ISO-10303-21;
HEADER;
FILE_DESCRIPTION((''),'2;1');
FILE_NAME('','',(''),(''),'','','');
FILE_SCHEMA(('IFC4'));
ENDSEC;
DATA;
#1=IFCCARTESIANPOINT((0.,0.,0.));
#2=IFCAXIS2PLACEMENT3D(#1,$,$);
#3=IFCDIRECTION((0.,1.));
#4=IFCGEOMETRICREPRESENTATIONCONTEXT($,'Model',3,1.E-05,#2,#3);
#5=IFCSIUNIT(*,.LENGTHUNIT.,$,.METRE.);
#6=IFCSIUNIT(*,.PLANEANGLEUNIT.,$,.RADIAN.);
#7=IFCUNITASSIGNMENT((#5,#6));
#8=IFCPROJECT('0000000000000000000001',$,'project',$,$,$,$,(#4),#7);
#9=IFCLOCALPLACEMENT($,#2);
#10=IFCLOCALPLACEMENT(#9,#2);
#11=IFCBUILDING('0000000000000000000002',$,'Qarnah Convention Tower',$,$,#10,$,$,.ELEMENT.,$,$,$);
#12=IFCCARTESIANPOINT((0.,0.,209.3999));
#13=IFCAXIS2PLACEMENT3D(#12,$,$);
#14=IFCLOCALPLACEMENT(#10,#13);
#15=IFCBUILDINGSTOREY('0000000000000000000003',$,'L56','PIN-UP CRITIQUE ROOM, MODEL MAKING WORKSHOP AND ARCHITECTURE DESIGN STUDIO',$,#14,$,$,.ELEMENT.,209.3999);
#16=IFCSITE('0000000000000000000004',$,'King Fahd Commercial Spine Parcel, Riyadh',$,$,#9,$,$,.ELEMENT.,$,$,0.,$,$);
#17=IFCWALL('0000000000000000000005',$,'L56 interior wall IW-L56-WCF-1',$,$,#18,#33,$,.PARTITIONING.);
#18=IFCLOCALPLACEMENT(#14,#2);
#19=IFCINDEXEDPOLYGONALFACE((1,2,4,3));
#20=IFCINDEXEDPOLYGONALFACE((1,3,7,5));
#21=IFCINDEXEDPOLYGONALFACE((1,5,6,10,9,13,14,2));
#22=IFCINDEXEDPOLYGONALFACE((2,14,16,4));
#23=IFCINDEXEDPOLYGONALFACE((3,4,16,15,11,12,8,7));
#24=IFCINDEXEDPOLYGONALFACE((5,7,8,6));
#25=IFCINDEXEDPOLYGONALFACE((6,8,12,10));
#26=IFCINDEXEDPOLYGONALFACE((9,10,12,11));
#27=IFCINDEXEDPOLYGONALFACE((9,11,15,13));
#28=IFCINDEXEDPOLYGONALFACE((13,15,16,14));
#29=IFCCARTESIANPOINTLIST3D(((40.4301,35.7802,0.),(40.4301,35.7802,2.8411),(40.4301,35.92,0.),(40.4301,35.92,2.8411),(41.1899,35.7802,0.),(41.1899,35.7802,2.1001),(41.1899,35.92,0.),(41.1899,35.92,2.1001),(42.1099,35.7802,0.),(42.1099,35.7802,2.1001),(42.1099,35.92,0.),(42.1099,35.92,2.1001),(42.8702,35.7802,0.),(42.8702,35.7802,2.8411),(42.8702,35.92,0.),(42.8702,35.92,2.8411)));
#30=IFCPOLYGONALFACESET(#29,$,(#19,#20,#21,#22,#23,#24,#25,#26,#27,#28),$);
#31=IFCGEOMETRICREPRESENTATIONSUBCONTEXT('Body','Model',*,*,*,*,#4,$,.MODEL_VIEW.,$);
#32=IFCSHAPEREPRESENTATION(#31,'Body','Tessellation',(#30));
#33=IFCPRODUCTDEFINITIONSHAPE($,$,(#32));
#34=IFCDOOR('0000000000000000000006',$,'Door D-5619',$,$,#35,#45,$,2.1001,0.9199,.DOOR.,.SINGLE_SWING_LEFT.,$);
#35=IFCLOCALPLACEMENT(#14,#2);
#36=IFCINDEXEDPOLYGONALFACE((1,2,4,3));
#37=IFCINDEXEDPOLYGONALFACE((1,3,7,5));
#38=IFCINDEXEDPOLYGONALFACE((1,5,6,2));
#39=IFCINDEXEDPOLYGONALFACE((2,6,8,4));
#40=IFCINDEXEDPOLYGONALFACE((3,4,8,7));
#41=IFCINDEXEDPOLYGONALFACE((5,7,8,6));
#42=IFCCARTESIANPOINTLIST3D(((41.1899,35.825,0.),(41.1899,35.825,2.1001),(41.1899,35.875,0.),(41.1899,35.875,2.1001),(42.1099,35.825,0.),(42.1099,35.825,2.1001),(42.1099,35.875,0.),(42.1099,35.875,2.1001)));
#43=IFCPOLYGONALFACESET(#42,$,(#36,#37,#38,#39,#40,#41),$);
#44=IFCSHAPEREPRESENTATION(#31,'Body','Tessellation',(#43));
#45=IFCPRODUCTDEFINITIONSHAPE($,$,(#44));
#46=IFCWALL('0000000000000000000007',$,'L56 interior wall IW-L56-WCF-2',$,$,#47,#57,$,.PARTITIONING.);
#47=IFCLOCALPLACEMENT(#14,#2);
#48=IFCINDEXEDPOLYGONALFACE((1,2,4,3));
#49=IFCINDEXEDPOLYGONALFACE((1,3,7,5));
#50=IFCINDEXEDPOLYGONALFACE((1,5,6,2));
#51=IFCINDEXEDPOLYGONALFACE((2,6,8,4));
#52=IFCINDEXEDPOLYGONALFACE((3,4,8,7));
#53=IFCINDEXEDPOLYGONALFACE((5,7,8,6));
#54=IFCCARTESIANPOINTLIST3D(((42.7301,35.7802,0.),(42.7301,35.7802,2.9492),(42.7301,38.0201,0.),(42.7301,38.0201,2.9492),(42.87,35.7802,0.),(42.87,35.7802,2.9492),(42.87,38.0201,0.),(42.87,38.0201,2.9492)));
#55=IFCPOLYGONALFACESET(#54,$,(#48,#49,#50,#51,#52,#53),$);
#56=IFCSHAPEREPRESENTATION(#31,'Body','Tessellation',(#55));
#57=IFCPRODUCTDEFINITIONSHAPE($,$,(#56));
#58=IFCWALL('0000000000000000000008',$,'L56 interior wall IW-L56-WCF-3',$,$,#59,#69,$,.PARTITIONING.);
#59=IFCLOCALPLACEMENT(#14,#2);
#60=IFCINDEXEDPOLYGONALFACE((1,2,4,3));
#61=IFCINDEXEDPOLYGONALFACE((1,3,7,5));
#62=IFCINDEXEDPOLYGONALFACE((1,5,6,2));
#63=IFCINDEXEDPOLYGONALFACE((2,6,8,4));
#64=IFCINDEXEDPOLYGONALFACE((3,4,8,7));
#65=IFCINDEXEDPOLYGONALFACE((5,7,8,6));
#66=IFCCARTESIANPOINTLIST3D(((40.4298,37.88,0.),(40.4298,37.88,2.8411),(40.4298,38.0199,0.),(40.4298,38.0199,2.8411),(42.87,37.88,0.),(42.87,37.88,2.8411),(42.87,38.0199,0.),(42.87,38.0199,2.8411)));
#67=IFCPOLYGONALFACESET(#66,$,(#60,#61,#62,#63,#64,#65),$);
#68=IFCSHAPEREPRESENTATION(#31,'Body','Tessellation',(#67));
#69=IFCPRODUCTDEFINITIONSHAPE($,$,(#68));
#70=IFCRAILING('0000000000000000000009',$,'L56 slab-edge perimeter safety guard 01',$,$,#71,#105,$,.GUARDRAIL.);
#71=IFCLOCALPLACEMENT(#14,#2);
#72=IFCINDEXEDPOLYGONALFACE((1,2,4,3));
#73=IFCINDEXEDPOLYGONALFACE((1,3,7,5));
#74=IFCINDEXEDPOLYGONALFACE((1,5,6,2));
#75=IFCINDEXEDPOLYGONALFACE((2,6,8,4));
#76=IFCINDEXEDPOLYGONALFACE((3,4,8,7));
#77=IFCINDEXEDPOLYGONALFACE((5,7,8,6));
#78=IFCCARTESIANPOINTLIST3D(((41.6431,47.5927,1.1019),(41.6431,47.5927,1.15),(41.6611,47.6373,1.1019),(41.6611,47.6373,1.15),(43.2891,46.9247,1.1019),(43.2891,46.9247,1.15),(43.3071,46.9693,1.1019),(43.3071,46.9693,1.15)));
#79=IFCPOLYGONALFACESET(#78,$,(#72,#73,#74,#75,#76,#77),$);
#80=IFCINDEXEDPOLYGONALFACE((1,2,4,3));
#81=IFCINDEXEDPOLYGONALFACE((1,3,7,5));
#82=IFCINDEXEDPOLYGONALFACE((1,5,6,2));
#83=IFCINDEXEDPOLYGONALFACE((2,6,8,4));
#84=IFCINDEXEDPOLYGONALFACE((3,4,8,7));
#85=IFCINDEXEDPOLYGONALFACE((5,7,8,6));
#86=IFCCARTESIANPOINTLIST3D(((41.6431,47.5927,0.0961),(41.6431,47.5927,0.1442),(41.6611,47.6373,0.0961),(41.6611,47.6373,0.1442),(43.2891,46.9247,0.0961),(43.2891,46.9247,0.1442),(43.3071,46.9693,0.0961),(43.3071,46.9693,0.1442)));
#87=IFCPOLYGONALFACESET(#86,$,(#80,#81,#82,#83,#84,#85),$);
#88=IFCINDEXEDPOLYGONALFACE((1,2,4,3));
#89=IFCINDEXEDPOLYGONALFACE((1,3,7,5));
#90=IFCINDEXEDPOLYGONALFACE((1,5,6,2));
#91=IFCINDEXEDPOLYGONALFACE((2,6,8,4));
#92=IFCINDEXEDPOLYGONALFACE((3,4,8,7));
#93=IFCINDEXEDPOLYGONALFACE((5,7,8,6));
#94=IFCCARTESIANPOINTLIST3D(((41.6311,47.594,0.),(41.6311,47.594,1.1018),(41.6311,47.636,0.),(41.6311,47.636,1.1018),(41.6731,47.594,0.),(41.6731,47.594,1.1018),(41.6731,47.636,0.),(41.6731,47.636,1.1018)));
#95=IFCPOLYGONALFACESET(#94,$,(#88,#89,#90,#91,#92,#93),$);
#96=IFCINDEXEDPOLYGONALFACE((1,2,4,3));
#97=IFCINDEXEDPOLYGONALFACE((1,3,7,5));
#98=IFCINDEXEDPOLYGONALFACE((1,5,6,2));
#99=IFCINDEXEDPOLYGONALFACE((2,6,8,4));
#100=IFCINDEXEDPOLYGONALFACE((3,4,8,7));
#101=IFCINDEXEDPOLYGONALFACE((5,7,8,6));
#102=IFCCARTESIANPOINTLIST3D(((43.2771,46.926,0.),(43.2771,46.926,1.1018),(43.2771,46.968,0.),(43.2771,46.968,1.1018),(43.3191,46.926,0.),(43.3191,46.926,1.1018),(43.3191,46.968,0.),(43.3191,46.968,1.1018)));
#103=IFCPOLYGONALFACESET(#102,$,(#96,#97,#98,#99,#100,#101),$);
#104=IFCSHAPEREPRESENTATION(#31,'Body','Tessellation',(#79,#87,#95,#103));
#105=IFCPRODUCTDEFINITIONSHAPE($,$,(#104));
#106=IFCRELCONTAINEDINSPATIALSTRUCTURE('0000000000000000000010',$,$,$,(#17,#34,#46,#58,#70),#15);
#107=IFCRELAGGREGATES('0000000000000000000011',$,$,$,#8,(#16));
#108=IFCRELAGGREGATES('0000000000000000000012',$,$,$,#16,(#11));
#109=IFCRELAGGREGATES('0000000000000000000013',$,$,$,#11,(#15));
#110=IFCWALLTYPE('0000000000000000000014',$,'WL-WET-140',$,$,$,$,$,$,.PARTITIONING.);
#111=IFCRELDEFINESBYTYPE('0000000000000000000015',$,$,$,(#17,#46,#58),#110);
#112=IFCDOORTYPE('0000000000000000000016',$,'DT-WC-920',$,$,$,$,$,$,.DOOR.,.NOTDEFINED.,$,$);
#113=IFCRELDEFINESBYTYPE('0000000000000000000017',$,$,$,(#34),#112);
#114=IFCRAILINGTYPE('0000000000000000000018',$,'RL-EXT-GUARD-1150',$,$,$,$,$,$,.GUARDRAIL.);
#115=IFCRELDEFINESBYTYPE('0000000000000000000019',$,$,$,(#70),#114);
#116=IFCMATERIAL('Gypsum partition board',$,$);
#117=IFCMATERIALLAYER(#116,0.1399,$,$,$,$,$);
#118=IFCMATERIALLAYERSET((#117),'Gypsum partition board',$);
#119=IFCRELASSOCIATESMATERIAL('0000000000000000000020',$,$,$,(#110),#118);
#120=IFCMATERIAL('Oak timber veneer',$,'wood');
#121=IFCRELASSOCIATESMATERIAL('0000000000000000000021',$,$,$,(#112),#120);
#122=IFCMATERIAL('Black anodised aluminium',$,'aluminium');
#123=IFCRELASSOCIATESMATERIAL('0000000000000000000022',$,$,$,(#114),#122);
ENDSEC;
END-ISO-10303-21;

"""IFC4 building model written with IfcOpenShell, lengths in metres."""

from ifc_helpers import new_model, si_unit, direction, frame, frame_2d, origin, origin_2d, place, context, subcontext, project, spatial, rectangle, extrude, material, layer, layer_set, type_object, element, fill, save


model = new_model("IFC4")

# Units and contexts
model_context = context("Model", 3, precision=1e-05, world=origin(), true_north=direction((0.0, 1.0)))
body_context = subcontext(model_context, "Body", "Model", "MODEL_VIEW")
ifc_project = project(units=[si_unit("LENGTHUNIT", "METRE"), si_unit("PLANEANGLEUNIT", "RADIAN")], contexts=[model_context])

# Site, building, storey
site_placement = place(None, origin())
site = spatial("IfcSite", under=ifc_project, at=site_placement, Name="King Fahd Commercial Spine Parcel, Riyadh", CompositionType="ELEMENT", RefElevation=0.0)
building_placement = place(site_placement, origin())
building = spatial("IfcBuilding", under=site, at=building_placement, Name="Qarnah Convention Tower", CompositionType="ELEMENT")
storey_placement = place(building_placement, frame((0.0, 0.0, 209.3999)))
storey = spatial("IfcBuildingStorey", under=building, at=storey_placement, Name="L56", Description="PIN-UP CRITIQUE ROOM, MODEL MAKING WORKSHOP AND ARCHITECTURE DESIGN STUDIO", CompositionType="ELEMENT", Elevation=209.3999)

# Shared definitions
ifc_material_1 = material(Name="Black anodised aluminium", Category="aluminium")

# Shared definitions
ifc_material_2 = material(Name="Gypsum partition board")

# Shared definitions
ifc_layer_1 = layer(ifc_material_2, 0.1399)
ifc_layer_set_1 = layer_set([ifc_layer_1], Name="Gypsum partition board")
wall_type_1 = type_object("IfcWallType", Name="WL-WET-140", PredefinedType="PARTITIONING", material=ifc_layer_set_1)
ifc_material_3 = material(Name="Oak timber veneer", Category="wood")
door_type_1 = type_object("IfcDoorType", Name="DT-WC-920", OperationType="NOTDEFINED", PredefinedType="DOOR", material=ifc_material_3)

# Wall, opening, door
wall_1_placement = place(storey_placement, frame((40.4299, 35.8501, 0.0), z_axis=(0.0, 0.0, 1.0), x_axis=(1.0, 0.0, 0.0)))
wall_1 = element("IfcWall", 1, at=wall_1_placement, inside=storey, type_object=wall_type_1, Name="L56 interior wall IW-L56-WCF-1", PredefinedType="PARTITIONING", context=body_context, shape_type="SweptSolid", body=[
    extrude(rectangle(XDim=2.4402, YDim=0.1399, at=frame_2d((1.2202, 0.0))), origin(), (0.0, 0.0, 1.0), 2.8411),
])
opening_1_placement = place(wall_1_placement, frame((0.76, 0.0, 0.0)))
opening_1 = element("IfcOpeningElement", 2, at=opening_1_placement, cuts=wall_1, PredefinedType="OPENING", context=body_context, shape_type="SweptSolid", body=[
    extrude(rectangle(XDim=0.9199, YDim=2.1001, at=frame_2d((0.46, 1.05))), frame((0.0, 0.0798, 0.0), z_axis=(0.0, -1.0, 0.0), x_axis=(1.0, 0.0, 0.0)), (0.0, 0.0, 1.0), 0.1599),
])
door_1_placement = place(opening_1_placement, origin())
door_1 = element("IfcDoor", 3, at=door_1_placement, inside=storey, type_object=door_type_1, Name="Door D-5619", OperationType="SINGLE_SWING_LEFT", OverallHeight=2.1001, OverallWidth=0.9199, PredefinedType="DOOR", context=body_context, shape_type="SweptSolid", body=[
    extrude(rectangle(XDim=0.9199, YDim=2.1001, at=frame_2d((0.46, 1.05))), frame((0.0, 0.0249, 0.0), z_axis=(0.0, -1.0, 0.0), x_axis=(1.0, 0.0, 0.0)), (0.0, 0.0, 1.0), 0.05),
])
fill(opening_1, door_1)

# Walls
wall_2_placement = place(storey_placement, frame((42.8, 35.78, 0.0), z_axis=(0.0, 0.0, 1.0), x_axis=(0.0, 1.0, 0.0)))
element("IfcWall", 4, at=wall_2_placement, inside=storey, type_object=wall_type_1, Name="L56 interior wall IW-L56-WCF-2", PredefinedType="PARTITIONING", context=body_context, shape_type="SweptSolid", body=[
    extrude(rectangle(XDim=2.24, YDim=0.1399, at=frame_2d((1.1201, 0.0))), origin(), (0.0, 0.0, 1.0), 2.9492),
])
wall_3_placement = place(storey_placement, frame((42.8701, 37.95, 0.0), z_axis=(0.0, 0.0, 1.0), x_axis=(-1.0, 0.0, 0.0)))
element("IfcWall", 5, at=wall_3_placement, inside=storey, type_object=wall_type_1, Name="L56 interior wall IW-L56-WCF-3", PredefinedType="PARTITIONING", context=body_context, shape_type="SweptSolid", body=[
    extrude(rectangle(XDim=2.4402, YDim=0.1399, at=frame_2d((1.2202, 0.0))), origin(), (0.0, 0.0, 1.0), 2.8411),
])

# Railing
railing_type = type_object("IfcRailingType", Name="RL-EXT-GUARD-1150", PredefinedType="GUARDRAIL", material=ifc_material_1)
railing_1_placement = place(storey_placement, frame((41.6521, 47.615, 0.0)))
element("IfcRailing", 6, at=railing_1_placement, inside=storey, type_object=railing_type, Name="L56 slab-edge perimeter safety guard 01", PredefinedType="GUARDRAIL", context=body_context, shape_type="SweptSolid", body=[
    extrude(rectangle(XDim=0.0481, YDim=0.0481, at=origin_2d()), frame((0.0, 0.0, 1.126), z_axis=(0.926607, -0.37603, 0.0), x_axis=(0.37603, 0.926607, 0.0)), (0.0, 0.0, 1.0), 1.7764),
    extrude(rectangle(XDim=0.0481, YDim=0.0481, at=origin_2d()), frame((0.0, 0.0, 0.1201), z_axis=(0.926607, -0.37603, 0.0), x_axis=(0.37603, 0.926607, 0.0)), (0.0, 0.0, 1.0), 1.7764),
    extrude(rectangle(XDim=0.042, YDim=0.042, at=origin_2d()), origin(), (0.0, 0.0, 1.0), 1.1018),
    extrude(rectangle(XDim=0.042, YDim=0.042, at=origin_2d()), frame((1.646, -0.668, 0.0)), (0.0, 0.0, 1.0), 1.1018),
])

save(model, "model.ifc")
